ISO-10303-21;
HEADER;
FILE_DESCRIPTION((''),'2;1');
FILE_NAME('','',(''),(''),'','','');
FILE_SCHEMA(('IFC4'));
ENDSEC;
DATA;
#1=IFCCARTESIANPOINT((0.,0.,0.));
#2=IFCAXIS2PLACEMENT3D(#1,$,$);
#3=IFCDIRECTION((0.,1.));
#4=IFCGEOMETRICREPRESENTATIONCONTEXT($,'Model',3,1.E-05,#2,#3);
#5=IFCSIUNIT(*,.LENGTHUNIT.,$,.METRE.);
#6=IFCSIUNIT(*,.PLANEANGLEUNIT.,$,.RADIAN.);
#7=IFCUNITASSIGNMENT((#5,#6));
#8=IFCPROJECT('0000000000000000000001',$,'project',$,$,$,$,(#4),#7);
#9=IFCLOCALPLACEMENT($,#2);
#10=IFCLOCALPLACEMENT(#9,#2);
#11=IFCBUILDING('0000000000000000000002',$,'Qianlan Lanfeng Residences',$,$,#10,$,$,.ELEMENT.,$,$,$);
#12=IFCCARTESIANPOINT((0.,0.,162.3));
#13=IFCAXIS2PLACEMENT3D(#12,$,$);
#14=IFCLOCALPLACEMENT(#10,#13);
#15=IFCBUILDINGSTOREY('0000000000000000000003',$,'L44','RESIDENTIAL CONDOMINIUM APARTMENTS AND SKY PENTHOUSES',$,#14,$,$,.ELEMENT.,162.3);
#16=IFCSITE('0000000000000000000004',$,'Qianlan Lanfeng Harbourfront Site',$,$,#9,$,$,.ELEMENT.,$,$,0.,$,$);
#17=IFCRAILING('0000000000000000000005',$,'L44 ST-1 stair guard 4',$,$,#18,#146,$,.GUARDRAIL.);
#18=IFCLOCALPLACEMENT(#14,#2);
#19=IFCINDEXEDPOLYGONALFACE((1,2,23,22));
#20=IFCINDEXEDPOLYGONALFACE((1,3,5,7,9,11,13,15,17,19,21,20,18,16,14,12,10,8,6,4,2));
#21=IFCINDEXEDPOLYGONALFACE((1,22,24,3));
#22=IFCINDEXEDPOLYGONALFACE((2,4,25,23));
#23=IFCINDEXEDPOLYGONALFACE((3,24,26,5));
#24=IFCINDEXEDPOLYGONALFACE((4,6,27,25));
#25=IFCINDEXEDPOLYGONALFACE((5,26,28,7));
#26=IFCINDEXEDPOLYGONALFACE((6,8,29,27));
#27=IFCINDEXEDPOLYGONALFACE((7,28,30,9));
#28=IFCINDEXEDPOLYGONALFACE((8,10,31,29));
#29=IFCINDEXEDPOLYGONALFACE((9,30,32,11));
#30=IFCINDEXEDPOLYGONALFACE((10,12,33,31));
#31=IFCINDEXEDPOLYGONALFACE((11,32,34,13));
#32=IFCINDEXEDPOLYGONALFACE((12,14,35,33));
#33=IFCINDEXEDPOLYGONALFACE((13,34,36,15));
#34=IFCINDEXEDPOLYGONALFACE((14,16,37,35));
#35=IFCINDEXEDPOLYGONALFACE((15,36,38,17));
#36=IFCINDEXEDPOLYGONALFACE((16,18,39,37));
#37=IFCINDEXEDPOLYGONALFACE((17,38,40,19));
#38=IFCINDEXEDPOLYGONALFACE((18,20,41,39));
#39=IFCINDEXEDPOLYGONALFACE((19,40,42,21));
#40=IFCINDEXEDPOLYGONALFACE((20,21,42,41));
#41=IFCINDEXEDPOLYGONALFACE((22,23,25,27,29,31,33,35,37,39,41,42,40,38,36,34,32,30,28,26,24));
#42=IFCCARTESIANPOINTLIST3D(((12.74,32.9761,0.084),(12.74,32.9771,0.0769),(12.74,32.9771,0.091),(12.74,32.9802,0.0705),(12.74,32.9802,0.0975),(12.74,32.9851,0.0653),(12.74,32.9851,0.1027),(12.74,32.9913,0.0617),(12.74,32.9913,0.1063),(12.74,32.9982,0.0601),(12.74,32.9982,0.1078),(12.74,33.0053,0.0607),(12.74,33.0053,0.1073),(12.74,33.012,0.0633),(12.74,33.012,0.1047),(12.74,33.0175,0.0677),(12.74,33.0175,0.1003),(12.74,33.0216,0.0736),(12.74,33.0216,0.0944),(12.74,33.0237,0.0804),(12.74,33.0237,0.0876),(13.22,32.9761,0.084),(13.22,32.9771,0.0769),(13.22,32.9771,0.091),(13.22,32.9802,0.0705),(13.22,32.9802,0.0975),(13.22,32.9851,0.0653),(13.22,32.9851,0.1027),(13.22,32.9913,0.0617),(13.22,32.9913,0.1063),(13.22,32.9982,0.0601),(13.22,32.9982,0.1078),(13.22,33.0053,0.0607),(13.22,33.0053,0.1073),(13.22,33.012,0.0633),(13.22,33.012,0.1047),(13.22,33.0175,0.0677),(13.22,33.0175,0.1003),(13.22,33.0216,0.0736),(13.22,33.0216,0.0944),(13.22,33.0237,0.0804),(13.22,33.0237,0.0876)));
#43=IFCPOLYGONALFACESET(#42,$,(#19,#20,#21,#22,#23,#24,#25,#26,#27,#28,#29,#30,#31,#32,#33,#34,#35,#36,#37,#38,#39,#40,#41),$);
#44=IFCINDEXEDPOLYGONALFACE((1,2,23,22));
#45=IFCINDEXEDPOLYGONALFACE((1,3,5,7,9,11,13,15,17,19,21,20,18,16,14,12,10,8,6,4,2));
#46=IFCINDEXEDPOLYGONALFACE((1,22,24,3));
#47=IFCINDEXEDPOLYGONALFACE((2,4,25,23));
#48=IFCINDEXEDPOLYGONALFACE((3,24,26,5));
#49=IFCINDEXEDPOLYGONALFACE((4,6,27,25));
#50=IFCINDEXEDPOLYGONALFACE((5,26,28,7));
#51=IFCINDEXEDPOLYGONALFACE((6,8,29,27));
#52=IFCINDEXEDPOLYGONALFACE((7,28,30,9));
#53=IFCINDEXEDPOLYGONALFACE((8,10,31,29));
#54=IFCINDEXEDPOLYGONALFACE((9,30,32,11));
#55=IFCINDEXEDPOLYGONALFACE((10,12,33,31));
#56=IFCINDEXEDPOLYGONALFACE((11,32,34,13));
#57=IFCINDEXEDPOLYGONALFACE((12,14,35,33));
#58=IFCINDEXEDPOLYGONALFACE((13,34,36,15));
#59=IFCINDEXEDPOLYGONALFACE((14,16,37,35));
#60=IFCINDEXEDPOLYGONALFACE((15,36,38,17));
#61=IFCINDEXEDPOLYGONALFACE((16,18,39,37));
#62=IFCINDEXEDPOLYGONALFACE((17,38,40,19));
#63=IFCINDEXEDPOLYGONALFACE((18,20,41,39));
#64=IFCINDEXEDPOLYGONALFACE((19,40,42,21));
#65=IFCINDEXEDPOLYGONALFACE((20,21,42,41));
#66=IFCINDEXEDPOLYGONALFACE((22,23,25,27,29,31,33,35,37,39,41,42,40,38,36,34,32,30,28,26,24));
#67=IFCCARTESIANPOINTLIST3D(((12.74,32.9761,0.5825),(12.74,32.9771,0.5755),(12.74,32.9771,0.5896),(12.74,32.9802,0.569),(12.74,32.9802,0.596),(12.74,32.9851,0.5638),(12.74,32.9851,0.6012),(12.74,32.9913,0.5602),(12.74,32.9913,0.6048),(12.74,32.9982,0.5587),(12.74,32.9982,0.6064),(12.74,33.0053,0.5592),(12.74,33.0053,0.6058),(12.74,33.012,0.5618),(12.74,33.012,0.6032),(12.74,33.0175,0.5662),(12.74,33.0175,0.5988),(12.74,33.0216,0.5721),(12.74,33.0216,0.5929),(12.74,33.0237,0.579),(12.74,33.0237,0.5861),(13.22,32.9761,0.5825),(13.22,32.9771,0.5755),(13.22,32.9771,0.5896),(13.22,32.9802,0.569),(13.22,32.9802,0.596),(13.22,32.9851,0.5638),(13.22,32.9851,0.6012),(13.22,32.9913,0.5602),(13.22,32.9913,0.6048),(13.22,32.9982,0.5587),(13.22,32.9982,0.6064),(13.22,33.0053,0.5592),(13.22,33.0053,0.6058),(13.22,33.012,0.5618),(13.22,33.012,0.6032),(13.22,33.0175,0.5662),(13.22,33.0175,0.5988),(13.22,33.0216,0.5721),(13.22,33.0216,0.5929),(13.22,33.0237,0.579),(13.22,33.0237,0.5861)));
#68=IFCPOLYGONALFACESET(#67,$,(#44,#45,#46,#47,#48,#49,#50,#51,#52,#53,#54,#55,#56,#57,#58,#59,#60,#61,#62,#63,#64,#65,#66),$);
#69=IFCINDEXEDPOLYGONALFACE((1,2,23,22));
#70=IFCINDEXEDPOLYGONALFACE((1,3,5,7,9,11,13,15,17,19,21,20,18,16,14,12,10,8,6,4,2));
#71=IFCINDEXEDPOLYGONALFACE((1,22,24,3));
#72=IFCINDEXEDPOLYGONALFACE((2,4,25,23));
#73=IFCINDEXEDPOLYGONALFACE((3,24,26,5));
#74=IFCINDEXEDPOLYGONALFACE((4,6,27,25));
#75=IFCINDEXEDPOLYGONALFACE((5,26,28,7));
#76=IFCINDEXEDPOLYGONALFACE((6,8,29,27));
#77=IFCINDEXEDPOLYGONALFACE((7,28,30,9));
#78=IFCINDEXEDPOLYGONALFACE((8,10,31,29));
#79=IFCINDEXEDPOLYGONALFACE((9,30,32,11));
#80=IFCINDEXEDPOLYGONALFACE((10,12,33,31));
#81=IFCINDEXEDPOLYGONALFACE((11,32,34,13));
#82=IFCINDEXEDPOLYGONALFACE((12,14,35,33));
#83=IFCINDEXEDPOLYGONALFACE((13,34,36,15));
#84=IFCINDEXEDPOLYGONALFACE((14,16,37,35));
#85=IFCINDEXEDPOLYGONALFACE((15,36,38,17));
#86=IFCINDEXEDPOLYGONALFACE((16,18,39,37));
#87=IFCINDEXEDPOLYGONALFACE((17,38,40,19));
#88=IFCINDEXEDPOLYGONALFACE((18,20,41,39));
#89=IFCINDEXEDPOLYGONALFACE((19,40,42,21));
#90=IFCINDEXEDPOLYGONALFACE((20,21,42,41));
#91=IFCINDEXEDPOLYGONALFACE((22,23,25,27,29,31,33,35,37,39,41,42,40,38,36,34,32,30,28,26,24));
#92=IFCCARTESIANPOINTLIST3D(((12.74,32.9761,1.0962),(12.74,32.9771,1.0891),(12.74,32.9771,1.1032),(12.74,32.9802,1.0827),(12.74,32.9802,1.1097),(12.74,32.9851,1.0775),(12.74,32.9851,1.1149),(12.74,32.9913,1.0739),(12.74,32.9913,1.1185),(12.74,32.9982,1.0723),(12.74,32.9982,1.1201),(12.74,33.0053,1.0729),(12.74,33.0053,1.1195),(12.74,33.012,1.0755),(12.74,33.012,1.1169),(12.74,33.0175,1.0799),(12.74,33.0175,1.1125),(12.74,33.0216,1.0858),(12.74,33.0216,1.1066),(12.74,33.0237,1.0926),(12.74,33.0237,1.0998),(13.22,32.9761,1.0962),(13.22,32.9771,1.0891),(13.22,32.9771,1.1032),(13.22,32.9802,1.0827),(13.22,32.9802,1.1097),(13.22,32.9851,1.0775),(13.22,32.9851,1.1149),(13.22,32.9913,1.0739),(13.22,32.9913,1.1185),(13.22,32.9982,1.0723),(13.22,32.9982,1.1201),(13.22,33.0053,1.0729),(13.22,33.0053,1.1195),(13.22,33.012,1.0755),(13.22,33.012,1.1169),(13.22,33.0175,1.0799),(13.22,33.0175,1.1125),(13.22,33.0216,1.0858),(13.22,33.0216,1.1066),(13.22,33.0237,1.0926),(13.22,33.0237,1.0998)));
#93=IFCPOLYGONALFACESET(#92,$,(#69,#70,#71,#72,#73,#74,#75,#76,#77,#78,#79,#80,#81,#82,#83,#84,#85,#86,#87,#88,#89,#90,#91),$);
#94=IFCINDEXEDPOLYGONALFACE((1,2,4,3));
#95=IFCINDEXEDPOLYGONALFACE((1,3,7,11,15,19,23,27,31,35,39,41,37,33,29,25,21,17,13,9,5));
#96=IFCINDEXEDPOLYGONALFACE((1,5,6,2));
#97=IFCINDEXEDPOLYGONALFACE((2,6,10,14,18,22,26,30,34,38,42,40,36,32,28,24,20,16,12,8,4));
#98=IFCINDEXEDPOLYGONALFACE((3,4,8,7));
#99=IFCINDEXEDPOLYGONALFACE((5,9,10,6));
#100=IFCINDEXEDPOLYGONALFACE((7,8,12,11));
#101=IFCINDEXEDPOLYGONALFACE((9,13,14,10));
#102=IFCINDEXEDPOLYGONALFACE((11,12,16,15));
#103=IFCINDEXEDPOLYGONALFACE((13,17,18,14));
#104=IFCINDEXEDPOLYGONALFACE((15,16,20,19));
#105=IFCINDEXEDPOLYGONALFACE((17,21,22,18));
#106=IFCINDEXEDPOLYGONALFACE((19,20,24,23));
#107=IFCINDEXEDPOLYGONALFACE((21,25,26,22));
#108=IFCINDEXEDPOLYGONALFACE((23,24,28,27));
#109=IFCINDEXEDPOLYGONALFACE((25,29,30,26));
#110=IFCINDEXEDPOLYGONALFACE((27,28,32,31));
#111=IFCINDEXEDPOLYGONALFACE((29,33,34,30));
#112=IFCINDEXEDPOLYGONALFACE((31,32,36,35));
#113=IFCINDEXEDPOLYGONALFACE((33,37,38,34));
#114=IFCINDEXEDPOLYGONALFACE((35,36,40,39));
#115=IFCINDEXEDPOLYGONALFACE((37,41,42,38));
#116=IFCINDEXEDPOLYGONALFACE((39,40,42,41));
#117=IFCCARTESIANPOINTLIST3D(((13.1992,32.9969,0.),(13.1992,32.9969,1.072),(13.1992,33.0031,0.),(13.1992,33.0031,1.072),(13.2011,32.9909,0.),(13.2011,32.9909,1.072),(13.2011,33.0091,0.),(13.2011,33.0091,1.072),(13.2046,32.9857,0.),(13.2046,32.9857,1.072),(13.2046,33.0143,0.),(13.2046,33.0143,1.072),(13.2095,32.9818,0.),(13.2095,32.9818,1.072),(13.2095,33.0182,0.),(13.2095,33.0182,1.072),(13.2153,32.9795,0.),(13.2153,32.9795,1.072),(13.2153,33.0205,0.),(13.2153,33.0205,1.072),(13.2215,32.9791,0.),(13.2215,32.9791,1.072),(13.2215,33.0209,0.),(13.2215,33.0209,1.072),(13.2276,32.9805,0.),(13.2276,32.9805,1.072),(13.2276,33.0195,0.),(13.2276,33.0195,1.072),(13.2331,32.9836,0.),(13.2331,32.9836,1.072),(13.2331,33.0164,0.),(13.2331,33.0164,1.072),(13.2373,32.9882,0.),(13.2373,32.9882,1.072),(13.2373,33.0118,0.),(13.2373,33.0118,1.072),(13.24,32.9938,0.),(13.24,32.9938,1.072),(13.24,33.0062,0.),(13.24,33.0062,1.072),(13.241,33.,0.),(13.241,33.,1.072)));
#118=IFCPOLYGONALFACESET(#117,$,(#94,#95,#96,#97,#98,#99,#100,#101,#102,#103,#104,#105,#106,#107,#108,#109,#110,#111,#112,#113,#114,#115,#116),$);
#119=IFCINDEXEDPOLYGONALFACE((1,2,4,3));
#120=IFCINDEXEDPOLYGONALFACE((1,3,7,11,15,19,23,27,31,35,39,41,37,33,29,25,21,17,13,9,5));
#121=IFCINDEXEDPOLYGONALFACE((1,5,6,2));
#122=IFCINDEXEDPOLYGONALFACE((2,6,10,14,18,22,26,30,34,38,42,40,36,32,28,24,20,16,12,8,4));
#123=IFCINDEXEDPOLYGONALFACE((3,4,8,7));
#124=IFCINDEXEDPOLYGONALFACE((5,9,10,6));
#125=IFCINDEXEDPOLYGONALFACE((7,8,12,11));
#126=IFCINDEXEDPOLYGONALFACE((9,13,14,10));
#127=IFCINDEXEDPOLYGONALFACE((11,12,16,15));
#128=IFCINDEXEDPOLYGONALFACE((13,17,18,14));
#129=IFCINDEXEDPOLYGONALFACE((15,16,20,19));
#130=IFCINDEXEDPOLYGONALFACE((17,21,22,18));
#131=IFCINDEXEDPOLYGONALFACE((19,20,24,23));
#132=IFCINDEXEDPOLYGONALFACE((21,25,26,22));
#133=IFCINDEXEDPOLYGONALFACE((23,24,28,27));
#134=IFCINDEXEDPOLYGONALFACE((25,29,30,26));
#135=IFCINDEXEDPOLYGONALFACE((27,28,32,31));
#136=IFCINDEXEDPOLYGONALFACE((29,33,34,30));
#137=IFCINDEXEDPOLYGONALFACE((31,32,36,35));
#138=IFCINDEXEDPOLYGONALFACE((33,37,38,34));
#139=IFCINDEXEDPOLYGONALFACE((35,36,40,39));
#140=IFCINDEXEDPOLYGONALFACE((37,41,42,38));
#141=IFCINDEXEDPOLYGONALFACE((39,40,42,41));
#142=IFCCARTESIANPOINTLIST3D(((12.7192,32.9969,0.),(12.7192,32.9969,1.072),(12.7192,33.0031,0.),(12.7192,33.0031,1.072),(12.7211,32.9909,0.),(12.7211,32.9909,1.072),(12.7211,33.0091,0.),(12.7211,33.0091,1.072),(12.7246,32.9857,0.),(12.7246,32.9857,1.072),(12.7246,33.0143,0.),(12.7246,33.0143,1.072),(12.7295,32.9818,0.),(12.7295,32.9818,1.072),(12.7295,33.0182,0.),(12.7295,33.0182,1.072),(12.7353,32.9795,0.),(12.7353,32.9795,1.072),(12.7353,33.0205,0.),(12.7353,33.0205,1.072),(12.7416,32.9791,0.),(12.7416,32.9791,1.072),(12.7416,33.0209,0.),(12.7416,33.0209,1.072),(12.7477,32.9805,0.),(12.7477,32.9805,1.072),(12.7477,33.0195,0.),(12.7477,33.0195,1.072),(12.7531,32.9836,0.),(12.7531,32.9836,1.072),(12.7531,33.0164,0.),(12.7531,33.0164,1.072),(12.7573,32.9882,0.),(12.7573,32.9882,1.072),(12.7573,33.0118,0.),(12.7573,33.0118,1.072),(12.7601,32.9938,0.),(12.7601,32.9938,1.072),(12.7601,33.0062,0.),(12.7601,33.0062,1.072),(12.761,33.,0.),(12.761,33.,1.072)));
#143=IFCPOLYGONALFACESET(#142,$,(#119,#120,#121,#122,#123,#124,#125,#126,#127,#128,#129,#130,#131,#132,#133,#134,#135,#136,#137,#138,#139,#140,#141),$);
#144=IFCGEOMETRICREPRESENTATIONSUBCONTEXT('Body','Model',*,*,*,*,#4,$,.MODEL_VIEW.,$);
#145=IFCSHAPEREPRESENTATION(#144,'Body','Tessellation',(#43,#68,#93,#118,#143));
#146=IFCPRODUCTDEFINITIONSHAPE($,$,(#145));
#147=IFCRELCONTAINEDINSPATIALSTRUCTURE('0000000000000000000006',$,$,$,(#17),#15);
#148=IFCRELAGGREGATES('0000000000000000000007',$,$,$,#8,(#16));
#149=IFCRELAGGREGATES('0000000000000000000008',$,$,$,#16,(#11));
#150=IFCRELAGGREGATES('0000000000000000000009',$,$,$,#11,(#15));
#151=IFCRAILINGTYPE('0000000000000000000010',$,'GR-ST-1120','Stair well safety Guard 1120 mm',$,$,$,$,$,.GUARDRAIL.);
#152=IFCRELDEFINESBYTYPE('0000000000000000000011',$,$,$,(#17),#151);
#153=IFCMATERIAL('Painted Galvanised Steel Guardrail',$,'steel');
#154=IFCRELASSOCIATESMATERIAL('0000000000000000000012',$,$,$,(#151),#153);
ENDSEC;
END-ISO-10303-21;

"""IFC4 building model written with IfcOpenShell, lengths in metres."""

from ifc_helpers import new_model, si_unit, direction, frame, origin, origin_2d, place, context, subcontext, project, spatial, circle, extrude, material, type_object, element, save


model = new_model("IFC4")

# Units and contexts
model_context = context("Model", 3, precision=1e-05, world=origin(), true_north=direction((0.0, 1.0)))
body_context = subcontext(model_context, "Body", "Model", "MODEL_VIEW")
ifc_project = project(units=[si_unit("LENGTHUNIT", "METRE"), si_unit("PLANEANGLEUNIT", "RADIAN")], contexts=[model_context])

# Site, building, storey
site_placement = place(None, origin())
site = spatial("IfcSite", under=ifc_project, at=site_placement, Name="Qianlan Lanfeng Harbourfront Site", CompositionType="ELEMENT", RefElevation=0.0)
building_placement = place(site_placement, origin())
building = spatial("IfcBuilding", under=site, at=building_placement, Name="Qianlan Lanfeng Residences", CompositionType="ELEMENT")
storey_placement = place(building_placement, frame((0.0, 0.0, 162.3)))
storey = spatial("IfcBuildingStorey", under=building, at=storey_placement, Name="L44", Description="RESIDENTIAL CONDOMINIUM APARTMENTS AND SKY PENTHOUSES", CompositionType="ELEMENT", Elevation=162.3)

# Railing
ifc_material_1 = material(Name="Painted Galvanised Steel Guardrail", Category="steel")
railing_type_1 = type_object("IfcRailingType", Name="GR-ST-1120", Description="Stair well safety Guard 1120 mm", PredefinedType="GUARDRAIL", material=ifc_material_1)
railing_1_placement = place(storey_placement, frame((13.22, 33.0, 0.0)))
element("IfcRailing", 1, at=railing_1_placement, inside=storey, type_object=railing_type_1, Name="L44 ST-1 stair guard 4", PredefinedType="GUARDRAIL", context=body_context, shape_type="SweptSolid", body=[
    extrude(circle(Radius=0.0239, at=origin_2d()), frame((0.0, 0.0, 0.084), z_axis=(-1.0, 0.0, 0.0), x_axis=(0.0, -1.0, 0.0)), (0.0, 0.0, 1.0), 0.48),
    extrude(circle(Radius=0.0239, at=origin_2d()), frame((0.0, 0.0, 0.5825), z_axis=(-1.0, 0.0, 0.0), x_axis=(0.0, -1.0, 0.0)), (0.0, 0.0, 1.0), 0.48),
    extrude(circle(Radius=0.0239, at=origin_2d()), frame((0.0, 0.0, 1.0962), z_axis=(-1.0, 0.0, 0.0), x_axis=(0.0, -1.0, 0.0)), (0.0, 0.0, 1.0), 0.48),
    extrude(circle(Radius=0.021, at=origin_2d()), origin(), (0.0, 0.0, 1.0), 1.072),
    extrude(circle(Radius=0.021, at=origin_2d()), frame((-0.48, 0.0, 0.0)), (0.0, 0.0, 1.0), 1.072),
])

save(model, "model.ifc")
